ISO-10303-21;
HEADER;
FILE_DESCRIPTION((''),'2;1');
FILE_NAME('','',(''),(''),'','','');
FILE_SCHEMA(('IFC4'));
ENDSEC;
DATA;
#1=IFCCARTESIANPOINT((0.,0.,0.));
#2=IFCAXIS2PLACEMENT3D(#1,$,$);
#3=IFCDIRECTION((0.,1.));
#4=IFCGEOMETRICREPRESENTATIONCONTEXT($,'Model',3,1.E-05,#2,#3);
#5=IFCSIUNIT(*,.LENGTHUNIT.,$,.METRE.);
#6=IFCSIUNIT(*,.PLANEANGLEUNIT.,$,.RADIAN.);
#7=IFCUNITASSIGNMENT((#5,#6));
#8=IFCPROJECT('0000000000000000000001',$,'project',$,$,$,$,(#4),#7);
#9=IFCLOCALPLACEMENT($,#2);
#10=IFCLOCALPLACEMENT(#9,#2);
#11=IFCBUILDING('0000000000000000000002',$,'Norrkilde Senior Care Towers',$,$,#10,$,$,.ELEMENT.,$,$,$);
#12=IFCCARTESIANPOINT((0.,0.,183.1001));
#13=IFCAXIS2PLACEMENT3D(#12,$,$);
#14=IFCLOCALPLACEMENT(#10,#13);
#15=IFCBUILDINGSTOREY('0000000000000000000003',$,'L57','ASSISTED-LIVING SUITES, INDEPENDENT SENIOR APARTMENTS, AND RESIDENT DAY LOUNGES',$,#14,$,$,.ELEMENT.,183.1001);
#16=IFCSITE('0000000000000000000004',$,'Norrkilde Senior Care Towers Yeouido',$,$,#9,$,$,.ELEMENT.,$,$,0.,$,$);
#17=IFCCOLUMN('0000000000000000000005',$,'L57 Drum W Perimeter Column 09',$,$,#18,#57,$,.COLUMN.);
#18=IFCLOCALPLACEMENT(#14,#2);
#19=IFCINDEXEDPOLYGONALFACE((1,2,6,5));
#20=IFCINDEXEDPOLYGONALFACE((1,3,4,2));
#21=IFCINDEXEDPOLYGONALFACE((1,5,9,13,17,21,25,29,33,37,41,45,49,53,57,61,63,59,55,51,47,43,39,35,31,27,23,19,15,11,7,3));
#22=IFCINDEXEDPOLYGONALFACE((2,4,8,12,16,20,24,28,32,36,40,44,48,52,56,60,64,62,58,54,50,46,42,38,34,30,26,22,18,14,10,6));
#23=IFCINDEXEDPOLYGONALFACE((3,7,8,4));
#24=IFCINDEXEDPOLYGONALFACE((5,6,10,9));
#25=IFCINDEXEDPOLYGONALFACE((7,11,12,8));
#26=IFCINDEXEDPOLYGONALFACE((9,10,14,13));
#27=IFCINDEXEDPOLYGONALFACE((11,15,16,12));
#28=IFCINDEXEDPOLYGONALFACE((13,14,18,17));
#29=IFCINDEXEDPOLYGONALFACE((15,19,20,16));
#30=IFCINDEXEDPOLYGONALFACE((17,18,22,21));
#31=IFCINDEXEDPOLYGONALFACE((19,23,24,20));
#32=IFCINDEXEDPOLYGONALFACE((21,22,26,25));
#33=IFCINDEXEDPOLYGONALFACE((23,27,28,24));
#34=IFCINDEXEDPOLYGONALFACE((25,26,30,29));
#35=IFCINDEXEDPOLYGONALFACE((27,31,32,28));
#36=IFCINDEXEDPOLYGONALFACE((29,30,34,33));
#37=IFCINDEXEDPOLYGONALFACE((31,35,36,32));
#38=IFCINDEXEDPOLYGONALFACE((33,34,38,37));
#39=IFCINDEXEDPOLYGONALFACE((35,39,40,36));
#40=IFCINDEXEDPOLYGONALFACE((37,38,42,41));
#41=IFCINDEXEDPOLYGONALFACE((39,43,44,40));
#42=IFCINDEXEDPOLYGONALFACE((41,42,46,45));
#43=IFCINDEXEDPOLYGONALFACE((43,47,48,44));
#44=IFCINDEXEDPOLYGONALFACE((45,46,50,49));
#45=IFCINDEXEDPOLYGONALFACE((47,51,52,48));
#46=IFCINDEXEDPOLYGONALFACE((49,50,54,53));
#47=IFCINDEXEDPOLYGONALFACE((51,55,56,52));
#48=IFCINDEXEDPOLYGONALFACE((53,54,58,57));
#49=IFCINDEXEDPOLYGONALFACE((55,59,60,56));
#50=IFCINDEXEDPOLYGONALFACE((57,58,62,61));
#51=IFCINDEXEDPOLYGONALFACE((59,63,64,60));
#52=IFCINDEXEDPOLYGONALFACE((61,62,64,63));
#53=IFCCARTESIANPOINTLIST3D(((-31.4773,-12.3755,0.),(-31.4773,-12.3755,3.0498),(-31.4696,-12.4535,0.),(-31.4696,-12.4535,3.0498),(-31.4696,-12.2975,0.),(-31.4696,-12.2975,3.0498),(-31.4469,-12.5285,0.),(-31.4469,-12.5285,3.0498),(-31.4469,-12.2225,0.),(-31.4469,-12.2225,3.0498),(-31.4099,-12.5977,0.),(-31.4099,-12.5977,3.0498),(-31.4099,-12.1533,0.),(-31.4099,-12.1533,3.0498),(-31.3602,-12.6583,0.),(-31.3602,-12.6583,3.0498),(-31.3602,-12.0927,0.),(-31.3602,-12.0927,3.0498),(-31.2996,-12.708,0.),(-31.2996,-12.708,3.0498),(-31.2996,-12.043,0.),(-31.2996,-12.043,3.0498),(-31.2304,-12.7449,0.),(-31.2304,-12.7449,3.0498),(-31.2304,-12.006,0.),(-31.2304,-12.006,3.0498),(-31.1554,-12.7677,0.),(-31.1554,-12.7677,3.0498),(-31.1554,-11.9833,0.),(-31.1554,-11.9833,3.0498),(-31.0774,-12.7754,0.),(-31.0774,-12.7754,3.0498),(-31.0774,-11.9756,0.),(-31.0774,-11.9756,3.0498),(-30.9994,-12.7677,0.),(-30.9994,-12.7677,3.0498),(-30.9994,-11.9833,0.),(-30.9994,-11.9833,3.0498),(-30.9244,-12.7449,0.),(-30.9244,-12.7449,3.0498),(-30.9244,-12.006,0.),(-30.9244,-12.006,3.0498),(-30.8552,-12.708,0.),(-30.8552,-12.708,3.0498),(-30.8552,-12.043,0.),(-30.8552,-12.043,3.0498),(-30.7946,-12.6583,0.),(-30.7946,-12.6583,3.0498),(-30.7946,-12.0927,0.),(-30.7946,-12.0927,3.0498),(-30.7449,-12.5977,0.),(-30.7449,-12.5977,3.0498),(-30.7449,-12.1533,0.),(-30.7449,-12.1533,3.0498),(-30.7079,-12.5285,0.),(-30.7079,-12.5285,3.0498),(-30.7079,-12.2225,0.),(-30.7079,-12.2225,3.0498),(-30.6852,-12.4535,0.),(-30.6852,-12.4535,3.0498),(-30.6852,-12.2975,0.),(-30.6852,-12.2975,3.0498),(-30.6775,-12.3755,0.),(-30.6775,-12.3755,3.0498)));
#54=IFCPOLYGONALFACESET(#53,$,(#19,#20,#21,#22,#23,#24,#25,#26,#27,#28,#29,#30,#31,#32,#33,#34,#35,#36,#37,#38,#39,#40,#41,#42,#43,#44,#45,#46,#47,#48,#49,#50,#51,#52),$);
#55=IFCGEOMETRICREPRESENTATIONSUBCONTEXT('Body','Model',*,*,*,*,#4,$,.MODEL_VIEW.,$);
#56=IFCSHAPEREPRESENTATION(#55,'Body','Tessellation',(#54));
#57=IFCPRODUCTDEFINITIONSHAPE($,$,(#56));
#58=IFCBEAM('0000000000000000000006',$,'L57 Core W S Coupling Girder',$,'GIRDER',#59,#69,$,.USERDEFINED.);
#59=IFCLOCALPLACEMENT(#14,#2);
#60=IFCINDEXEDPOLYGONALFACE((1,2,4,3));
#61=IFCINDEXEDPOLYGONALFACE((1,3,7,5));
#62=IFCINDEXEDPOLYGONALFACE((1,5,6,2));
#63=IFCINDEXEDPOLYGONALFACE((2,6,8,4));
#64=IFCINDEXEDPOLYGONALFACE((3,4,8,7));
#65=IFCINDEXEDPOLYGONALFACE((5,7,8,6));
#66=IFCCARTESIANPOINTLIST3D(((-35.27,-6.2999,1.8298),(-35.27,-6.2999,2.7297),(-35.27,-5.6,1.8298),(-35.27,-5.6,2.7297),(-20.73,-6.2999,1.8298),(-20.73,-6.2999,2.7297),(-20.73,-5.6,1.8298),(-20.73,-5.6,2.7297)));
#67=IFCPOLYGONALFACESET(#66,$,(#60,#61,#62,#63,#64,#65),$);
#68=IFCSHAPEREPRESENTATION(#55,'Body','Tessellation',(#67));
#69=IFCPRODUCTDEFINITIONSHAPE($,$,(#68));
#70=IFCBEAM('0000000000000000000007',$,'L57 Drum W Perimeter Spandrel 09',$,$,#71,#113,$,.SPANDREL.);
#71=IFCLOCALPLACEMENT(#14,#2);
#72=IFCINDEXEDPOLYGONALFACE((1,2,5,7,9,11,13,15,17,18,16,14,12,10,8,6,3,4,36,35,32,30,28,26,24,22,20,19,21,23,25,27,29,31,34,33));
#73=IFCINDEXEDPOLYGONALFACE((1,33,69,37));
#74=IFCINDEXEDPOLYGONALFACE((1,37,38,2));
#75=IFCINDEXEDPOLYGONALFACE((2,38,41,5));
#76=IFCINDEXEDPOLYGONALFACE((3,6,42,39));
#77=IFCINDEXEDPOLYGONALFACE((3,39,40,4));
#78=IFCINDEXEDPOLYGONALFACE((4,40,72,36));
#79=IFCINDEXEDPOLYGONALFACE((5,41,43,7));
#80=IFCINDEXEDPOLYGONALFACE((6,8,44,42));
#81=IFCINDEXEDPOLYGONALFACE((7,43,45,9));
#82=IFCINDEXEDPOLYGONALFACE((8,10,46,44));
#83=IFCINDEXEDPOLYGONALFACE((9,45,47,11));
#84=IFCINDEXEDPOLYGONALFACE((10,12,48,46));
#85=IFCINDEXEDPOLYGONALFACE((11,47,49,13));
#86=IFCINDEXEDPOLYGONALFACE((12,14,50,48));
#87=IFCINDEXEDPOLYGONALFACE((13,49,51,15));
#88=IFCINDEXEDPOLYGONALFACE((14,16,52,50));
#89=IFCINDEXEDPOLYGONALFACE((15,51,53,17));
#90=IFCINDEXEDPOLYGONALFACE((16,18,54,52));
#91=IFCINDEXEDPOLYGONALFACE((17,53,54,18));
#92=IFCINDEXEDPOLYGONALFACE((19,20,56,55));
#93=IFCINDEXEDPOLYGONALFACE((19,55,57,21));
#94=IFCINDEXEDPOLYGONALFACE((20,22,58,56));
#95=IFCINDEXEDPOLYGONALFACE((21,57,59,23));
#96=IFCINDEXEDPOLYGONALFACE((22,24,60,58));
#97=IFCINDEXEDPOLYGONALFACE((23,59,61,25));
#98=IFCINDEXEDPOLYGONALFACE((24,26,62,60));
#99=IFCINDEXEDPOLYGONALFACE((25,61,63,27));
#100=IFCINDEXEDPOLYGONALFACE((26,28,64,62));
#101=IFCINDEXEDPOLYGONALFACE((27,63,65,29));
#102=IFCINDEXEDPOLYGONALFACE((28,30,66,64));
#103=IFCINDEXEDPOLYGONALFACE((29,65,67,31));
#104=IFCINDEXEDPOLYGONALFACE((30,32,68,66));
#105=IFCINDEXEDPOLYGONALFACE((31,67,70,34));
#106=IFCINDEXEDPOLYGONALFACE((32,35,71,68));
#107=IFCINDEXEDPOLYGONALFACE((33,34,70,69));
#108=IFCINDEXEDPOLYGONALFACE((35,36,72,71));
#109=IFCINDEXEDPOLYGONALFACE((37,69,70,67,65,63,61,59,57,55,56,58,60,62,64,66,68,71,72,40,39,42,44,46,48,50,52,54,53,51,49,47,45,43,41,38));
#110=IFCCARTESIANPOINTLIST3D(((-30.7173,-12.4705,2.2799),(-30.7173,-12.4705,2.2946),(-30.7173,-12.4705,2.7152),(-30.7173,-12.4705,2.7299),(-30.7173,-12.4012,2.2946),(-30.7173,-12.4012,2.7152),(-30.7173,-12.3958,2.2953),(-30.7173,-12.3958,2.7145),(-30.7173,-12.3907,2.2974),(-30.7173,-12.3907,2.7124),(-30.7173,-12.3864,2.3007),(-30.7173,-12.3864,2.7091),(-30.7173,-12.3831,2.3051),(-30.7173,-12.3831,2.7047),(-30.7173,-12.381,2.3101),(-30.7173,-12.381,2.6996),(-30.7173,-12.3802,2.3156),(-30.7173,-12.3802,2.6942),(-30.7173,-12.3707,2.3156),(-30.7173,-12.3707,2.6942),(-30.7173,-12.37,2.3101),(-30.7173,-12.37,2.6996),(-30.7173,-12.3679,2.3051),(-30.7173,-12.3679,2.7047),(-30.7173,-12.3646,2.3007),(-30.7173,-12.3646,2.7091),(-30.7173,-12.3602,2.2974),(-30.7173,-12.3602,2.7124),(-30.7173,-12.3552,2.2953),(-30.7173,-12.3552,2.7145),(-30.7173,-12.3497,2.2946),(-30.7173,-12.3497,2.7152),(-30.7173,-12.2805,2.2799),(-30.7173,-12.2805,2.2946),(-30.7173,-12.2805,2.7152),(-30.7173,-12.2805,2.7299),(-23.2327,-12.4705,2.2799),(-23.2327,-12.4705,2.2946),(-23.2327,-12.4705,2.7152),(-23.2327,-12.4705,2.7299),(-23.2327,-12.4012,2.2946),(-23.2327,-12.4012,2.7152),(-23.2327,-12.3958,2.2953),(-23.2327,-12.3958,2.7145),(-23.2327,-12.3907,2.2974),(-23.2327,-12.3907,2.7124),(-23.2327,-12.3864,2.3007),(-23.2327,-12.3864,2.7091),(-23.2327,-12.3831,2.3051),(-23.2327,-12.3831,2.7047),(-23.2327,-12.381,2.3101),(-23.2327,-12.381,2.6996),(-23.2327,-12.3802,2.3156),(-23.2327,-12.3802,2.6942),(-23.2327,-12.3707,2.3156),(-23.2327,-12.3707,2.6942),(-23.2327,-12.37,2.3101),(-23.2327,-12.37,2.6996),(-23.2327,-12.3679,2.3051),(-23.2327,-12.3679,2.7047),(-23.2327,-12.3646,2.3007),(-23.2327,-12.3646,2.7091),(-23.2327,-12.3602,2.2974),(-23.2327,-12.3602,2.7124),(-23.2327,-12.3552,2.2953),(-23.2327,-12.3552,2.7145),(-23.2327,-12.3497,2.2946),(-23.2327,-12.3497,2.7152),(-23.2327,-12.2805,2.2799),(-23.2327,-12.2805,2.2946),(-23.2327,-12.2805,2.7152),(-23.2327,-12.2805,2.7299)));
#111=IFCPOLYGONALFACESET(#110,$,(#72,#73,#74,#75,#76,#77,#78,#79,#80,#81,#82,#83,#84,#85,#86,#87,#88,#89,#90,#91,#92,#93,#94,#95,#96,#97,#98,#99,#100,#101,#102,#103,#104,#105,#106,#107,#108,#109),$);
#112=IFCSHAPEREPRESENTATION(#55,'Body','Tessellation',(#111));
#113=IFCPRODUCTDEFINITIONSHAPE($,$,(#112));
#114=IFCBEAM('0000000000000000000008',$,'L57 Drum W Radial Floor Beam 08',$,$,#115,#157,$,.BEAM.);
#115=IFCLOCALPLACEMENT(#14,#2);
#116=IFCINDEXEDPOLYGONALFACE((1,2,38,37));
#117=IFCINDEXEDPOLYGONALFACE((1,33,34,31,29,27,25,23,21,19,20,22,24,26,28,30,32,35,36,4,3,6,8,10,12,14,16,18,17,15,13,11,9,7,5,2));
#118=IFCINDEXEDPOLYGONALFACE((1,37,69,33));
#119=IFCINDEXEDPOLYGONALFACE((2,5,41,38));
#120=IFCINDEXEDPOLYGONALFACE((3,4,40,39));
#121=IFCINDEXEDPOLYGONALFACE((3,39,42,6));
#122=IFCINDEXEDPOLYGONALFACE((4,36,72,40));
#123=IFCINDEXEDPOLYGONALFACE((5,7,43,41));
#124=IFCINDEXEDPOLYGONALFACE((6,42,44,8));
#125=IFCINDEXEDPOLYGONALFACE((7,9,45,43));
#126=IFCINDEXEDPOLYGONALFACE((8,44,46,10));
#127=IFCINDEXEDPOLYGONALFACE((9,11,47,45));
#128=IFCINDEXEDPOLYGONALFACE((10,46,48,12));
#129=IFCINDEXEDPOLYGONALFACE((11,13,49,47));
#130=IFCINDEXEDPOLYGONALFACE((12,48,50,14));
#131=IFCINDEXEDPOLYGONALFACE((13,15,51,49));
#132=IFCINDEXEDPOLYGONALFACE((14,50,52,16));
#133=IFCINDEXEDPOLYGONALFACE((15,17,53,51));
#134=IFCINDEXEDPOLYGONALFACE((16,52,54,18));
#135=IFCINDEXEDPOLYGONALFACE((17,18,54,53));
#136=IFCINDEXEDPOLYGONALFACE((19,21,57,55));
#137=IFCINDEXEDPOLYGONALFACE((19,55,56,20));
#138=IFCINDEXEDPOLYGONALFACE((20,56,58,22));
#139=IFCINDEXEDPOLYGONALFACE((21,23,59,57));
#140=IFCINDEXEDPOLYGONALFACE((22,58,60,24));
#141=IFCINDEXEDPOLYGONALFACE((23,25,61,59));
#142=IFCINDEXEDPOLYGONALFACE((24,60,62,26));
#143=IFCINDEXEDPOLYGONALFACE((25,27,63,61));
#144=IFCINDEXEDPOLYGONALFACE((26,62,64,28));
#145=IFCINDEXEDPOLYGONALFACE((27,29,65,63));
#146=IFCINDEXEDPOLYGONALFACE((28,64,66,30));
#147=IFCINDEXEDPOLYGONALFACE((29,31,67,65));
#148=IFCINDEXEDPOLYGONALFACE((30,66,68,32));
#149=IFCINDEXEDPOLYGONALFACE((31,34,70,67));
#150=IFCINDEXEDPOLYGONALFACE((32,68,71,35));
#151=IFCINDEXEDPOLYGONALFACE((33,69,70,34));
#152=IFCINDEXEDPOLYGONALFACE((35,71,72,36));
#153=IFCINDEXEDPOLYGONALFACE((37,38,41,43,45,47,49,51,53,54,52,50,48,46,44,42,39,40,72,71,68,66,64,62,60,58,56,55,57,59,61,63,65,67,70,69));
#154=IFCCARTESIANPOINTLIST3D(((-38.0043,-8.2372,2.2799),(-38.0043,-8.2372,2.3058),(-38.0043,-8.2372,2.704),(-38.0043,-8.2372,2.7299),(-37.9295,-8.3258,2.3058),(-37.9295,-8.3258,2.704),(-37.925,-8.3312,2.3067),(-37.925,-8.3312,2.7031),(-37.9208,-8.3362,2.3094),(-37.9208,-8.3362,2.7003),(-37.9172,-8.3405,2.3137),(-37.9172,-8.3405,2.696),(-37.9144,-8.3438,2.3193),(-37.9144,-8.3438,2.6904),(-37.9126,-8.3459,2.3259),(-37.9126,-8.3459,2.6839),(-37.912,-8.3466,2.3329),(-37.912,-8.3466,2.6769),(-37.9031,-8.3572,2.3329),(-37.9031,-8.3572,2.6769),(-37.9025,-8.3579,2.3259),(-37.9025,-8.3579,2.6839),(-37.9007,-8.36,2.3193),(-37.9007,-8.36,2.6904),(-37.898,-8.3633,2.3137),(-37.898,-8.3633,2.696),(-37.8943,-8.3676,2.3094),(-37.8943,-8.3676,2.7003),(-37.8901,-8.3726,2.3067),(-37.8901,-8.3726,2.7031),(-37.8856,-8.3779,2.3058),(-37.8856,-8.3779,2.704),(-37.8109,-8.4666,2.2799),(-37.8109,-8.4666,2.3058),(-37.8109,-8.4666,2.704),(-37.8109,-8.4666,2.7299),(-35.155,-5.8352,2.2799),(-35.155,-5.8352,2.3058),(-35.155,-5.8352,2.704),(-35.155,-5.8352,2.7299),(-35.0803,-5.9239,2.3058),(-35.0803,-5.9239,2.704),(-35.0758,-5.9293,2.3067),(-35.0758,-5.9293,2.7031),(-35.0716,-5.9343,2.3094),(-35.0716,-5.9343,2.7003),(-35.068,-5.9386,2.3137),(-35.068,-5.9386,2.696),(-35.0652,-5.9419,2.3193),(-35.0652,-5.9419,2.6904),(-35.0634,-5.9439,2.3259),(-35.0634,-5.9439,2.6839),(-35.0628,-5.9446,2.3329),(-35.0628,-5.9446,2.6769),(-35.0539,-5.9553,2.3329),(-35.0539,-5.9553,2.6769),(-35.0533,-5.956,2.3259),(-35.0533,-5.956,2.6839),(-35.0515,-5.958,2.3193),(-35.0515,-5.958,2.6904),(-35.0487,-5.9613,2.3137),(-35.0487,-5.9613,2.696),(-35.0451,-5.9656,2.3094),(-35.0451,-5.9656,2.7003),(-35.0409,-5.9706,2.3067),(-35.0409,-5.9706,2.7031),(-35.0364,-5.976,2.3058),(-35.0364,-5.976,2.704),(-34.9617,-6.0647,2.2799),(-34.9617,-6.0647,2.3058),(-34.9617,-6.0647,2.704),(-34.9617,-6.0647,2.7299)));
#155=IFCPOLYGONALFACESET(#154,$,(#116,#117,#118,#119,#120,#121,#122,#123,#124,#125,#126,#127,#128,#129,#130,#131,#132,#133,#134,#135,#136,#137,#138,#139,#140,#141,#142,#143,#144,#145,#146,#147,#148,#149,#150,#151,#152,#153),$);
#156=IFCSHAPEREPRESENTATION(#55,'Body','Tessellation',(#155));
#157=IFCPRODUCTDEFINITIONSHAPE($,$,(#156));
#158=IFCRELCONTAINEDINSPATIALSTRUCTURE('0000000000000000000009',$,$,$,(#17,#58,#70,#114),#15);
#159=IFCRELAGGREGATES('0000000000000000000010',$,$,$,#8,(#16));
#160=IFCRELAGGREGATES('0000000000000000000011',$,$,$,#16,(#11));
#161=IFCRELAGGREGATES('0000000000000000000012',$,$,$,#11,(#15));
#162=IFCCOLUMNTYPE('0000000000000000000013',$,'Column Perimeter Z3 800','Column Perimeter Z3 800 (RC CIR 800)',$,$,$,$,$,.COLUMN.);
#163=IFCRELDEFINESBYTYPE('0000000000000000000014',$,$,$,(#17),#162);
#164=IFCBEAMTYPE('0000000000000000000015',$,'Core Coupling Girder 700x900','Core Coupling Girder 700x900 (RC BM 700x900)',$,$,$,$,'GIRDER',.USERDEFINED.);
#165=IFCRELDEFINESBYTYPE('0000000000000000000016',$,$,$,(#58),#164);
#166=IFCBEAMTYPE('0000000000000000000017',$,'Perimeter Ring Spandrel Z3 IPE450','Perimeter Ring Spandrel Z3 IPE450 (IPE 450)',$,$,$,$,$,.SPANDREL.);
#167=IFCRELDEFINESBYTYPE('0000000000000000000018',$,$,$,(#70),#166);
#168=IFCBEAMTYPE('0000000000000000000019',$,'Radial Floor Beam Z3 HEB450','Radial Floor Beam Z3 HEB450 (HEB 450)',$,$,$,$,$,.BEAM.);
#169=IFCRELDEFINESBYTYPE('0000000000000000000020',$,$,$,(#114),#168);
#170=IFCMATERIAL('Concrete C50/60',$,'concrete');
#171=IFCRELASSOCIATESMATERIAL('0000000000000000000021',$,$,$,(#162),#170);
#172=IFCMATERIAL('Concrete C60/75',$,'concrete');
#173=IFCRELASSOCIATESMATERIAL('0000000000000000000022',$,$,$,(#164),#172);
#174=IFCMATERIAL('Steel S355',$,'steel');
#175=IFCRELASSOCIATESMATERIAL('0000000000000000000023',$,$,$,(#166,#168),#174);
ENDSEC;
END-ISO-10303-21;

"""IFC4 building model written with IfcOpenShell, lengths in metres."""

from ifc_helpers import new_model, si_unit, direction, frame, origin, origin_2d, place, context, subcontext, project, spatial, rectangle, circle, i_section, extrude, source, transform, mapped, material, material_profile, profile_set, type_object, type_shapes, element, save


model = new_model("IFC4")

# Units and contexts
model_context = context("Model", 3, precision=1e-05, world=origin(), true_north=direction((0.0, 1.0)))
body_context = subcontext(model_context, "Body", "Model", "MODEL_VIEW")
ifc_project = project(units=[si_unit("LENGTHUNIT", "METRE"), si_unit("PLANEANGLEUNIT", "RADIAN")], contexts=[model_context])

# Site, building, storey
site_placement = place(None, origin())
site = spatial("IfcSite", under=ifc_project, at=site_placement, Name="Norrkilde Senior Care Towers Yeouido", CompositionType="ELEMENT", RefElevation=0.0)
building_placement = place(site_placement, origin())
building = spatial("IfcBuilding", under=site, at=building_placement, Name="Norrkilde Senior Care Towers", CompositionType="ELEMENT")
storey_placement = place(building_placement, frame((0.0, 0.0, 183.1001)))
storey = spatial("IfcBuildingStorey", under=building, at=storey_placement, Name="L57", Description="ASSISTED-LIVING SUITES, INDEPENDENT SENIOR APARTMENTS, AND RESIDENT DAY LOUNGES", CompositionType="ELEMENT", Elevation=183.1001)

# Column
ifc_material_1 = material(Name="Concrete C50/60", Category="concrete")
ifc_material_profile_1 = material_profile(ifc_material_1, circle(Radius=0.3999, at=origin_2d()), Name="RC CIR 800")
ifc_profile_set_1 = profile_set([ifc_material_profile_1], Name="Concrete C50/60")
column_type = type_object("IfcColumnType", Name="Column Perimeter Z3 800", Description="Column Perimeter Z3 800 (RC CIR 800)", PredefinedType="COLUMN", material=ifc_profile_set_1)
shared_shape_1 = source(origin(), body_context, "Body", "SweptSolid", [
    extrude(circle(Radius=0.3999, at=origin_2d()), origin(), (0.0, 0.0, 1.0), 3.0498),
])
type_shapes(column_type, [shared_shape_1])
column_placement = place(storey_placement, frame((-31.0774, -12.3755, 0.0), z_axis=(0.0, 0.0, 1.0), x_axis=(1.0, 0.0, 0.0)))
element("IfcColumn", 1, at=column_placement, inside=storey, type_object=column_type, Name="L57 Drum W Perimeter Column 09", PredefinedType="COLUMN", context=body_context, shape_type="MappedRepresentation", body=[
    mapped(shared_shape_1, transform((0.0, 0.0, 0.0), x_axis=(1.0, 0.0, 0.0), y_axis=(0.0, 1.0, 0.0), z_axis=(0.0, 0.0, 1.0), scale=1.0)),
])

# Beams
ifc_material_2 = material(Name="Concrete C60/75", Category="concrete")
ifc_material_profile_2 = material_profile(ifc_material_2, rectangle(XDim=0.7, YDim=0.8999, at=origin_2d()), Name="RC BM 700x900")
ifc_profile_set_2 = profile_set([ifc_material_profile_2], Name="Concrete C60/75")
beam_type_1 = type_object("IfcBeamType", Name="Core Coupling Girder 700x900", Description="Core Coupling Girder 700x900 (RC BM 700x900)", ElementType="GIRDER", PredefinedType="USERDEFINED", material=ifc_profile_set_2)
shared_shape_2 = source(origin(), body_context, "Body", "SweptSolid", [
    extrude(rectangle(XDim=0.7, YDim=0.8999, at=origin_2d()), origin(), (0.0, 0.0, 1.0), 14.54),
])
type_shapes(beam_type_1, [shared_shape_2])
beam_1_placement = place(storey_placement, frame((-35.27, -5.95, 2.2798), z_axis=(1.0, 0.0, 0.0), x_axis=(0.0, 1.0, 0.0)))
element("IfcBeam", 2, at=beam_1_placement, inside=storey, type_object=beam_type_1, Name="L57 Core W S Coupling Girder", ObjectType="GIRDER", PredefinedType="USERDEFINED", context=body_context, shape_type="MappedRepresentation", body=[
    mapped(shared_shape_2, transform((0.0, 0.0, 0.0), x_axis=(1.0, 0.0, 0.0), y_axis=(0.0, 1.0, 0.0), z_axis=(0.0, 0.0, 1.0), scale=1.0)),
])
ifc_material_3 = material(Name="Steel S355", Category="steel")
ifc_material_profile_3 = material_profile(ifc_material_3, i_section(OverallWidth=0.1899, OverallDepth=0.45, WebThickness=0.0095, FlangeThickness=0.0146, FilletRadius=0.021, at=origin_2d()), Name="IPE 450")
ifc_profile_set_3 = profile_set([ifc_material_profile_3], Name="Steel S355")
beam_type_2 = type_object("IfcBeamType", Name="Perimeter Ring Spandrel Z3 IPE450", Description="Perimeter Ring Spandrel Z3 IPE450 (IPE 450)", PredefinedType="SPANDREL", material=ifc_profile_set_3)
shared_shape_3 = source(origin(), body_context, "Body", "SweptSolid", [
    extrude(i_section(OverallWidth=0.1899, OverallDepth=0.45, WebThickness=0.0095, FlangeThickness=0.0146, FilletRadius=0.021, at=origin_2d()), origin(), (0.0, 0.0, 1.0), 7.4846),
])
type_shapes(beam_type_2, [shared_shape_3])
beam_2_placement = place(storey_placement, frame((-30.7173, -12.3755, 2.5049), z_axis=(1.0, 0.0, 0.0), x_axis=(0.0, 1.0, 0.0)))
element("IfcBeam", 3, at=beam_2_placement, inside=storey, type_object=beam_type_2, Name="L57 Drum W Perimeter Spandrel 09", PredefinedType="SPANDREL", context=body_context, shape_type="MappedRepresentation", body=[
    mapped(shared_shape_3, transform((0.0, 0.0, 0.0), x_axis=(1.0, 0.0, 0.0), y_axis=(0.0, 1.0, 0.0), z_axis=(0.0, 0.0, 1.0), scale=1.0)),
])
ifc_material_profile_4 = material_profile(ifc_material_3, i_section(OverallWidth=0.3, OverallDepth=0.45, WebThickness=0.0139, FlangeThickness=0.0259, FilletRadius=0.0271, at=origin_2d()), Name="HEB 450")
ifc_profile_set_4 = profile_set([ifc_material_profile_4], Name="Steel S355")
beam_type_3 = type_object("IfcBeamType", Name="Radial Floor Beam Z3 HEB450", Description="Radial Floor Beam Z3 HEB450 (HEB 450)", PredefinedType="BEAM", material=ifc_profile_set_4)
shared_shape_4 = source(origin(), body_context, "Body", "SweptSolid", [
    extrude(i_section(OverallWidth=0.3, OverallDepth=0.45, WebThickness=0.0139, FlangeThickness=0.0259, FilletRadius=0.0271, at=origin_2d()), origin(), (0.0, 0.0, 1.0), 3.7266),
])
beam_3_placement = place(storey_placement, frame((-35.0583, -5.95, 2.5049), z_axis=(-0.764568, -0.644543, 0.0), x_axis=(0.644543, -0.764568, 0.0)))
element("IfcBeam", 4, at=beam_3_placement, inside=storey, type_object=beam_type_3, Name="L57 Drum W Radial Floor Beam 08", PredefinedType="BEAM", context=body_context, shape_type="MappedRepresentation", body=[
    mapped(shared_shape_4, transform((0.0, 0.0, 0.0), x_axis=(1.0, 0.0, 0.0), y_axis=(0.0, 1.0, 0.0), z_axis=(0.0, 0.0, 1.0), scale=1.0)),
])

save(model, "model.ifc")
